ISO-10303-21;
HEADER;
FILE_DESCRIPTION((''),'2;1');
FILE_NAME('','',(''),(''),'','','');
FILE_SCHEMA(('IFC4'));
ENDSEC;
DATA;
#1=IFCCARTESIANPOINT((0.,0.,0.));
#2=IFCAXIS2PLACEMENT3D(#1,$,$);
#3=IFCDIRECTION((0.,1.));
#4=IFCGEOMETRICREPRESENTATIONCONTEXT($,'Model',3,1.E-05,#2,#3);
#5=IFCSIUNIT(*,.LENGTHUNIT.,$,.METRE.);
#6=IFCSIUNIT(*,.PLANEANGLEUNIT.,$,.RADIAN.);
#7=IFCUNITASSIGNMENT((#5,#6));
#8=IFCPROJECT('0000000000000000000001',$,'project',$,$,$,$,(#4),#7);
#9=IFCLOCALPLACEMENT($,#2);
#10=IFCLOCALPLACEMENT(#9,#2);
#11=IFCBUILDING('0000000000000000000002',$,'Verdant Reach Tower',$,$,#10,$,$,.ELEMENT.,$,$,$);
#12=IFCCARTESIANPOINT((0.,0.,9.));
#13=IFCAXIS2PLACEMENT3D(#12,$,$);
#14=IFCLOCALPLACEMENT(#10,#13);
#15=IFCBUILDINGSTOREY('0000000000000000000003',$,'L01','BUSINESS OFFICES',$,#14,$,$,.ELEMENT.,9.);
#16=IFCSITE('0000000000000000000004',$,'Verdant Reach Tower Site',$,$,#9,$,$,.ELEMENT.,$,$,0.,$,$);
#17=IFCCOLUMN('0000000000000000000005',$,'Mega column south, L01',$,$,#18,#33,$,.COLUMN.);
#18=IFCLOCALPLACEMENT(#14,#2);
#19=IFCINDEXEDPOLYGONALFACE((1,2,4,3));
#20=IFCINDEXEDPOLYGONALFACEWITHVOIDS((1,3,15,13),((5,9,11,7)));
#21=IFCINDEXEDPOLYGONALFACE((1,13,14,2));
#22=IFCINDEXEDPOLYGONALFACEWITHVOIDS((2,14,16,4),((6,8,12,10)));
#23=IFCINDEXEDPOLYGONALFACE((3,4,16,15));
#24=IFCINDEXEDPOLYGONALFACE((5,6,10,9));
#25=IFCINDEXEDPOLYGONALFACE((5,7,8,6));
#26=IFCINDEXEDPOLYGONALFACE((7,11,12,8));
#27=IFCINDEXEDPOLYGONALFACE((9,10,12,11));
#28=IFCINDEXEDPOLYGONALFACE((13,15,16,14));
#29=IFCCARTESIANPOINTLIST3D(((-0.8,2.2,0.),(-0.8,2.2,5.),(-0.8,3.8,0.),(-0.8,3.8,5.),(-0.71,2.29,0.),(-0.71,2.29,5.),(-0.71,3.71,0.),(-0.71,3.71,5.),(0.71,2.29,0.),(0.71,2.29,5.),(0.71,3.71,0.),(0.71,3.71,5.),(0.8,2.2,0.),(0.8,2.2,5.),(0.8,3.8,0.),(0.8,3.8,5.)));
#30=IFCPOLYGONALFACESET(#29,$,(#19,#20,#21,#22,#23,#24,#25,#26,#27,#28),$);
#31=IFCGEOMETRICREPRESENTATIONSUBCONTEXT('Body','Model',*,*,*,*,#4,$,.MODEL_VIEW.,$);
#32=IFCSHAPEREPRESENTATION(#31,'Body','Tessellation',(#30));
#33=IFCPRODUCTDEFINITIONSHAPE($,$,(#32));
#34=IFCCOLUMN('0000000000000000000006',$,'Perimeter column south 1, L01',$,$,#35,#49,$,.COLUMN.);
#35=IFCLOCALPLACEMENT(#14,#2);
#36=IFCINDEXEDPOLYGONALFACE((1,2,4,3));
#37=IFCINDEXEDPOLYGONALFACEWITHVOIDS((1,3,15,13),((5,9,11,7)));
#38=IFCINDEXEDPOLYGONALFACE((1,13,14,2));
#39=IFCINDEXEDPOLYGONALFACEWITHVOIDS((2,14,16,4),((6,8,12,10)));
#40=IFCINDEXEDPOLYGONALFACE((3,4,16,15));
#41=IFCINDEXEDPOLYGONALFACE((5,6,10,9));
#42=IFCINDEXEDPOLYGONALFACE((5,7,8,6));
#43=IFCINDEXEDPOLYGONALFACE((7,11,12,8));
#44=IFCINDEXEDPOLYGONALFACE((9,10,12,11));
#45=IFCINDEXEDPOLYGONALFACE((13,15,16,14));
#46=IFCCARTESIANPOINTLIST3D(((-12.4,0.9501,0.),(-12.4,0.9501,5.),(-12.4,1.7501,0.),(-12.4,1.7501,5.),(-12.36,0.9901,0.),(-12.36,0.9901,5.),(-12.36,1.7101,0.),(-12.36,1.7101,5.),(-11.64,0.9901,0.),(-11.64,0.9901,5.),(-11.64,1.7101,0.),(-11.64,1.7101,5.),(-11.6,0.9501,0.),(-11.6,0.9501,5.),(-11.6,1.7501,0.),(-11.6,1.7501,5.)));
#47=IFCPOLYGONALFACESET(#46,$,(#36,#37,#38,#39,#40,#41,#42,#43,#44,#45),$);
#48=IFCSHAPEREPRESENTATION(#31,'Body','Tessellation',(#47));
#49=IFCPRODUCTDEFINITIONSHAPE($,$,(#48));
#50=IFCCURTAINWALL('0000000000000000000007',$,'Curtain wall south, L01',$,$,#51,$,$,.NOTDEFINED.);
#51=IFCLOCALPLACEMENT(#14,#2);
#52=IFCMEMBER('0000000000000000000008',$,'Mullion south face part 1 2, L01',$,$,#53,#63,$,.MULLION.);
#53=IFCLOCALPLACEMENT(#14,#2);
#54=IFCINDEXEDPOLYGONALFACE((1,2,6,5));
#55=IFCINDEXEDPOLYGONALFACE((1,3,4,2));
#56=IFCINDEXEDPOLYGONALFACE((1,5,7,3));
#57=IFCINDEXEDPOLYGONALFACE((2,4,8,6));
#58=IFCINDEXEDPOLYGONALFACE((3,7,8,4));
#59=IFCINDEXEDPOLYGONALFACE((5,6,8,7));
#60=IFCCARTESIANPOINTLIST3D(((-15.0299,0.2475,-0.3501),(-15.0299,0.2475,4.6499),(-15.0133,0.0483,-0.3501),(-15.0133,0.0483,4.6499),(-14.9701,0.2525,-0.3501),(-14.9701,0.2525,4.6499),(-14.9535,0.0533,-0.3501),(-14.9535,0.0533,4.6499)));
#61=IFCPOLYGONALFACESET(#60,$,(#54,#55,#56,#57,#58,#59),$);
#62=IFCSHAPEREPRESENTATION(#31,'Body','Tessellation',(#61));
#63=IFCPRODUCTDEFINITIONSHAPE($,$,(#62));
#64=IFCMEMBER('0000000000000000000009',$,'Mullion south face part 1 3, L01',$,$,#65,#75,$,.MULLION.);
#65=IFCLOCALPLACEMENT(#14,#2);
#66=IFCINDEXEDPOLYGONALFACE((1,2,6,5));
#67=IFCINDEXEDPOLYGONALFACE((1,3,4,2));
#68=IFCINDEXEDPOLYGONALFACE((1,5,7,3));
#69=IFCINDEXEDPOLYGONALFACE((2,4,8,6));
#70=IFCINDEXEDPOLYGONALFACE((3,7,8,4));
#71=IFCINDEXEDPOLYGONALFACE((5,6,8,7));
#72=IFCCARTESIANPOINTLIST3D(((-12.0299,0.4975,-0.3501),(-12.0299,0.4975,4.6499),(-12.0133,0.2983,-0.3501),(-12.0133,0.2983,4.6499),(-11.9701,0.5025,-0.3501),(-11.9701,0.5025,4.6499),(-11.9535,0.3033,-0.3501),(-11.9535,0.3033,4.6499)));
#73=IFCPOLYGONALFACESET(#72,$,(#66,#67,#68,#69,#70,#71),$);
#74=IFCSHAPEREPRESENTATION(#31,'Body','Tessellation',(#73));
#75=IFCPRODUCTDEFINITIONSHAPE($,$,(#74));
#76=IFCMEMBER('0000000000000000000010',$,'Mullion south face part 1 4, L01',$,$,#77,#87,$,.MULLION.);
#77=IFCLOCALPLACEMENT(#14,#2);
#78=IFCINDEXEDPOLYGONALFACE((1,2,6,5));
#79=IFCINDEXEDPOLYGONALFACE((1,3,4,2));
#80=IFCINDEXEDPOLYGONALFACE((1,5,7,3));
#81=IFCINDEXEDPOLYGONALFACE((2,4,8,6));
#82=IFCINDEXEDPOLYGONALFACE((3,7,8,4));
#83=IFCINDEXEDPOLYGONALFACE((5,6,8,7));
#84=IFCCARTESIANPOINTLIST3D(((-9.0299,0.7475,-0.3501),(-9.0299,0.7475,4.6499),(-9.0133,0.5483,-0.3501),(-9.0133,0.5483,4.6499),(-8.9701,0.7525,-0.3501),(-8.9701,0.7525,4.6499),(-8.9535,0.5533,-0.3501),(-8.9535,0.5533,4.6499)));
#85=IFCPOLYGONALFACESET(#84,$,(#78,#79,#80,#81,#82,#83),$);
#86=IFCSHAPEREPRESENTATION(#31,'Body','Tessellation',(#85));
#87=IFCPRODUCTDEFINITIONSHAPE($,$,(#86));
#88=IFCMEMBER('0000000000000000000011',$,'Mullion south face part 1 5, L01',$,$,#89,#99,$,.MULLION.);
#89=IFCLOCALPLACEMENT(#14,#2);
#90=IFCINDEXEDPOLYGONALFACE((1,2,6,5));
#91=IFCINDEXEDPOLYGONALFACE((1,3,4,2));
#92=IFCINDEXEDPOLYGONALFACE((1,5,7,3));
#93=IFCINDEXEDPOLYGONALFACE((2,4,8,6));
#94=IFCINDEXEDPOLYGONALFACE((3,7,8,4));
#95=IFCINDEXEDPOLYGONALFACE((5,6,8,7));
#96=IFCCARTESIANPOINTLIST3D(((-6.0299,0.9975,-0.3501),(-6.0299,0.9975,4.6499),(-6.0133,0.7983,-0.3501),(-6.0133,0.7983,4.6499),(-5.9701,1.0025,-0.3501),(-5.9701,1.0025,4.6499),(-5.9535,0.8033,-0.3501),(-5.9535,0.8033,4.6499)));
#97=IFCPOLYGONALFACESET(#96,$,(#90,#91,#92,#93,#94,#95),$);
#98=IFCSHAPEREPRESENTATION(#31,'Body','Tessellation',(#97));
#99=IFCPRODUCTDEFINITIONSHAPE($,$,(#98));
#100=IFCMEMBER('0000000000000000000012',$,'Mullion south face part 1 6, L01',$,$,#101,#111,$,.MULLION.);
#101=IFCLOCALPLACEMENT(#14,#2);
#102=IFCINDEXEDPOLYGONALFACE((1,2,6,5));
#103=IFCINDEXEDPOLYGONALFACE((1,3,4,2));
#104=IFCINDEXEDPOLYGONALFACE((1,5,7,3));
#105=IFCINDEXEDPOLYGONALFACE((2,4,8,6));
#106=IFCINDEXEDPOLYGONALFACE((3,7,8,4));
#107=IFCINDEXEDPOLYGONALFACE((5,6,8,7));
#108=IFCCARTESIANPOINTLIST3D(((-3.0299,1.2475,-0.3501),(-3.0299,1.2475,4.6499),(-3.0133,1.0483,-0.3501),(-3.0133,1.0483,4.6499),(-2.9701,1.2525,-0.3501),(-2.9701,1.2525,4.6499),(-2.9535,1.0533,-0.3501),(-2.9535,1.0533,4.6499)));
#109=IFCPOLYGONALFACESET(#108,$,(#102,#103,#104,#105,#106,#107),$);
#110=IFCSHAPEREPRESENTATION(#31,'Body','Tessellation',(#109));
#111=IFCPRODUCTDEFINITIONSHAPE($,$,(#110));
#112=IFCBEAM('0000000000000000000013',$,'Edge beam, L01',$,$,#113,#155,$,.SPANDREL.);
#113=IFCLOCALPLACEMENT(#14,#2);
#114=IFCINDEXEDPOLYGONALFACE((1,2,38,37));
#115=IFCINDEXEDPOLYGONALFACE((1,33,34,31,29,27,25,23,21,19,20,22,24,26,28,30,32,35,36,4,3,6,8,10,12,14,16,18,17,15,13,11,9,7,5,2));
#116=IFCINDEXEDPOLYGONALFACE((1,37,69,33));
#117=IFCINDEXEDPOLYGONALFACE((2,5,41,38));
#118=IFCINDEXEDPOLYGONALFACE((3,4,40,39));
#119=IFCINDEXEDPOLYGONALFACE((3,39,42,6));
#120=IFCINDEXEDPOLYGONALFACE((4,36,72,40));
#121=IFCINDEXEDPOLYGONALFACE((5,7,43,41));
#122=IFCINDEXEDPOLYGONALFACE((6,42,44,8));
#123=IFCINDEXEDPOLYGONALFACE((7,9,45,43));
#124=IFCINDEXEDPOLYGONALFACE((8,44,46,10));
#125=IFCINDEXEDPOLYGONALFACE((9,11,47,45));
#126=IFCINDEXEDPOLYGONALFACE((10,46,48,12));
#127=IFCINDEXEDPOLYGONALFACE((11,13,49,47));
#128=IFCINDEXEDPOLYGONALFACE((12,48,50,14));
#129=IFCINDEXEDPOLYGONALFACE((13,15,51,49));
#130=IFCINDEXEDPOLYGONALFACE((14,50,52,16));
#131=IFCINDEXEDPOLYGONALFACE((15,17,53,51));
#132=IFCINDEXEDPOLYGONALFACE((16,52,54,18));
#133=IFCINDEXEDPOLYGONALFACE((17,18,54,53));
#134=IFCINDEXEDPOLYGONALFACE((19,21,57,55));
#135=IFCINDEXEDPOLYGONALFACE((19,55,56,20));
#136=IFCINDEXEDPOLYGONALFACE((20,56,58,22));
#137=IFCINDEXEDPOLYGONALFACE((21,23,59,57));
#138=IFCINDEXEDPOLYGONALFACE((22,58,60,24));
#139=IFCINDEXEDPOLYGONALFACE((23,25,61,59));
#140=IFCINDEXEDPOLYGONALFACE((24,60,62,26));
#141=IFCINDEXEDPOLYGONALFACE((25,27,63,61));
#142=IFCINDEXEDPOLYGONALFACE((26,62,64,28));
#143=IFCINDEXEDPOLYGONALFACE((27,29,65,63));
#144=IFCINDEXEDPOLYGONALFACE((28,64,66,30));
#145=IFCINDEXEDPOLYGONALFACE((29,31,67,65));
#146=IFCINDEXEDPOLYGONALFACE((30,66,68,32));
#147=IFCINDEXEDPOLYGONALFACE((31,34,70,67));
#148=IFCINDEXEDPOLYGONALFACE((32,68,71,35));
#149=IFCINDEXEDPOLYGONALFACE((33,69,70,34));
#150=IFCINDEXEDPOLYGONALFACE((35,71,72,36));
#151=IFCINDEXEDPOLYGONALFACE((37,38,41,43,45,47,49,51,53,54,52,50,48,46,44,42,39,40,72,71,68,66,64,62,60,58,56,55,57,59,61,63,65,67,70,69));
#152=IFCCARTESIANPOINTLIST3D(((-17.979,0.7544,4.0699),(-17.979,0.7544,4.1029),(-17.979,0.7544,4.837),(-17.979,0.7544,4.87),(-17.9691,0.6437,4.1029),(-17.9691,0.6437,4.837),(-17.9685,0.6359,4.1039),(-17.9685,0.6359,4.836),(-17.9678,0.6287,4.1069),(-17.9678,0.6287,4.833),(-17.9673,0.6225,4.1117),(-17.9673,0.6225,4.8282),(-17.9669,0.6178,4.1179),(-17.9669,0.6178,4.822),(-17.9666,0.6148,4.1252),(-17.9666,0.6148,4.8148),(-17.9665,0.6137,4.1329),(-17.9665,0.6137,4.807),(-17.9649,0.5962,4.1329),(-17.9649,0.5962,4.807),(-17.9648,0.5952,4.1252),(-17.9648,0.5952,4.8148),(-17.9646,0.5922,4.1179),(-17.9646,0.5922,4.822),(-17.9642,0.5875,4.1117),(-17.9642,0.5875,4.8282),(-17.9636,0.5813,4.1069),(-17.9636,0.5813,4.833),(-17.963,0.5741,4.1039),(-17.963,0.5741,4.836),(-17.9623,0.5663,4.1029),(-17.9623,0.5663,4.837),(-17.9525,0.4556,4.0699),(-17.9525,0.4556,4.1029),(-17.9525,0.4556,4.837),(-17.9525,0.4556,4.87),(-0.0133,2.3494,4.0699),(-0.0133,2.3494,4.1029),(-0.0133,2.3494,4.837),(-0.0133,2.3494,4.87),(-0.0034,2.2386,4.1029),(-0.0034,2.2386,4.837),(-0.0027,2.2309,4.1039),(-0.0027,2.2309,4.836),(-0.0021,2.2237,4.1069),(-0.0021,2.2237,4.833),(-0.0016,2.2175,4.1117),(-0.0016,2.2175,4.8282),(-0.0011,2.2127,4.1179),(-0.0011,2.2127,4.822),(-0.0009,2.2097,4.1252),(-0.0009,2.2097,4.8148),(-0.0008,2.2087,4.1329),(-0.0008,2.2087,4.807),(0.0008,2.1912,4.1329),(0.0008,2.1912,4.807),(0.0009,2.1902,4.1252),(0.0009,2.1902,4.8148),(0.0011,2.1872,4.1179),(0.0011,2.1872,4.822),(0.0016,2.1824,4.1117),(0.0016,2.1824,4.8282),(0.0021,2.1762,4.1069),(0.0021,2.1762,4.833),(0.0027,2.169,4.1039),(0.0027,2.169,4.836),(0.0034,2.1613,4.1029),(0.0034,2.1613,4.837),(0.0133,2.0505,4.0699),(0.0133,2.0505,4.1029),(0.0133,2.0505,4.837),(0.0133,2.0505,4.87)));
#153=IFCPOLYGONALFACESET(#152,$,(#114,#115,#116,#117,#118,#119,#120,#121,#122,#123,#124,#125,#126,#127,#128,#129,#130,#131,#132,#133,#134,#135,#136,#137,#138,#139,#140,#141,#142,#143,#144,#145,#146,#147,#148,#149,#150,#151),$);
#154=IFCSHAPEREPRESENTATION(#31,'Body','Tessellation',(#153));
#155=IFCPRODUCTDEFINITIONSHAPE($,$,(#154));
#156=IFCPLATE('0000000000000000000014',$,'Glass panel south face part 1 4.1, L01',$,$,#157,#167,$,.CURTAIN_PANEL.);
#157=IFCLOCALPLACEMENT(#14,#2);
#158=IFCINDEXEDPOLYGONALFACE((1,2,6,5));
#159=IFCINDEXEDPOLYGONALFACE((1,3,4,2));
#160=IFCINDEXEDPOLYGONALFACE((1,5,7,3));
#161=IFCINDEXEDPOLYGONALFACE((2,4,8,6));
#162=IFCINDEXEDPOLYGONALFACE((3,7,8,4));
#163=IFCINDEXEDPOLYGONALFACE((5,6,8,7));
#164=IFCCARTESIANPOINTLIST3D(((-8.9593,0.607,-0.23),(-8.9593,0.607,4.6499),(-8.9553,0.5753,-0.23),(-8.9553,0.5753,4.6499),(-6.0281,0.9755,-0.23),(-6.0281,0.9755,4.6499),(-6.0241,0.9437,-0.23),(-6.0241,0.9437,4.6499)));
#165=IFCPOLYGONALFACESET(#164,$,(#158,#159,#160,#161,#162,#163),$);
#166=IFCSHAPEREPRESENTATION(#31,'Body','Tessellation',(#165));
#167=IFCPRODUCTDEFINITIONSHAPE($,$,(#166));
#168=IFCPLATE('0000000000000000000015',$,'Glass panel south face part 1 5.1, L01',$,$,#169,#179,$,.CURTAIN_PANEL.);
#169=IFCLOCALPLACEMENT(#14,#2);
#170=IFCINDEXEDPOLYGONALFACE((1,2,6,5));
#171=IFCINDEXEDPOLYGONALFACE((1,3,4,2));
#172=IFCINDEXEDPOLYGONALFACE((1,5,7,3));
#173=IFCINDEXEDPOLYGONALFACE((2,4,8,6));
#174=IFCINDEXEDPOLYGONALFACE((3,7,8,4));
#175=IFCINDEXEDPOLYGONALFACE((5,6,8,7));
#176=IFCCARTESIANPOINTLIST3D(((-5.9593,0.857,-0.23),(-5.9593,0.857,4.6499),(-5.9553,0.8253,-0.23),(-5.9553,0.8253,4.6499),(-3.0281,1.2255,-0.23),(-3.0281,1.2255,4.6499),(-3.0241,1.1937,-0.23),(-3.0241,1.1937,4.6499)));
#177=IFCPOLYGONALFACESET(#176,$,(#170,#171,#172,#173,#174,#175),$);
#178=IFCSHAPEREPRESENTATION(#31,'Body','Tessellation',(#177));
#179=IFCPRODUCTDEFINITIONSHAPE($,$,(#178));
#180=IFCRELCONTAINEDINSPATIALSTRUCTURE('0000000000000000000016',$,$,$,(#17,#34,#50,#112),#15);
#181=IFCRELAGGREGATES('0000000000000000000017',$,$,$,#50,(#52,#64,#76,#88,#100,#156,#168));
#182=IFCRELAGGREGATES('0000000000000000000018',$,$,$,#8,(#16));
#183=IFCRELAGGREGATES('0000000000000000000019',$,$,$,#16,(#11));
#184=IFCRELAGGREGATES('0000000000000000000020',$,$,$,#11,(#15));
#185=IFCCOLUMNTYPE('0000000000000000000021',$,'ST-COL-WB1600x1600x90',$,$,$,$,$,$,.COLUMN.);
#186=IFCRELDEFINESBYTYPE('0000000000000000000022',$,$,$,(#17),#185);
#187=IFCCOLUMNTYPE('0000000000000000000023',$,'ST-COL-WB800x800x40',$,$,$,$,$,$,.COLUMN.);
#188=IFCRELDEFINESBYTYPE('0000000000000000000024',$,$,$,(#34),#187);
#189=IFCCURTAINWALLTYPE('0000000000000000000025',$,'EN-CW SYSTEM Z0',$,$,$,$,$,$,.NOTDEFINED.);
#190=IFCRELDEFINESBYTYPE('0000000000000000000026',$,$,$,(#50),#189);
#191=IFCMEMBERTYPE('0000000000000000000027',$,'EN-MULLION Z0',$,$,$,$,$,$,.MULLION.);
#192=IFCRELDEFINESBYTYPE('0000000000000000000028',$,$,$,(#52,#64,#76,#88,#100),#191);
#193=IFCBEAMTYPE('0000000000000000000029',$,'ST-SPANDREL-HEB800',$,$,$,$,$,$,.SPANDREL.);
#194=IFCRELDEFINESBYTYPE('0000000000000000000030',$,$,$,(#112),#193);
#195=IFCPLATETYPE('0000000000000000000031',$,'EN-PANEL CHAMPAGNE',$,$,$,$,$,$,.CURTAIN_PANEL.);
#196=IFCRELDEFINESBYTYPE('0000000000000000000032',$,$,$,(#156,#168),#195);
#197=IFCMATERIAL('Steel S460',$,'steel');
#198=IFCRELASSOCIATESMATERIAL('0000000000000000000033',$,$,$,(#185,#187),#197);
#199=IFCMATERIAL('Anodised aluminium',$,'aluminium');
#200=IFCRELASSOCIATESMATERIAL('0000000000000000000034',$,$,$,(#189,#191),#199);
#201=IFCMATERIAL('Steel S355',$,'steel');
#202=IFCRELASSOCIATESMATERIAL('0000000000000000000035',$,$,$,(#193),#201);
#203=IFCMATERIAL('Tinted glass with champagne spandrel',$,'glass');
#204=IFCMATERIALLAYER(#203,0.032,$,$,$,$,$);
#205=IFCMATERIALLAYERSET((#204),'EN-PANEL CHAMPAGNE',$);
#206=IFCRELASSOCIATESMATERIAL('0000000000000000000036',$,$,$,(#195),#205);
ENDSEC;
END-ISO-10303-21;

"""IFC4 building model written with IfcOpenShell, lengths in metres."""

from ifc_helpers import new_model, si_unit, direction, frame, origin, origin_2d, place, context, subcontext, project, spatial, rectangle, hollow_rectangle, i_section, extrude, material, layer, layer_set, material_profile, profile_set, type_object, element, aggregate, save


model = new_model("IFC4")

# Units and contexts
model_context = context("Model", 3, precision=1e-05, world=origin(), true_north=direction((0.0, 1.0)))
body_context = subcontext(model_context, "Body", "Model", "MODEL_VIEW")
ifc_project = project(units=[si_unit("LENGTHUNIT", "METRE"), si_unit("PLANEANGLEUNIT", "RADIAN")], contexts=[model_context])

# Site, building, storey
site_placement = place(None, origin())
site = spatial("IfcSite", under=ifc_project, at=site_placement, Name="Verdant Reach Tower Site", CompositionType="ELEMENT", RefElevation=0.0)
building_placement = place(site_placement, origin())
building = spatial("IfcBuilding", under=site, at=building_placement, Name="Verdant Reach Tower", CompositionType="ELEMENT")
storey_placement = place(building_placement, frame((0.0, 0.0, 9.0)))
storey = spatial("IfcBuildingStorey", under=building, at=storey_placement, Name="L01", Description="BUSINESS OFFICES", CompositionType="ELEMENT", Elevation=9.0)

# Columns
ifc_material_1 = material(Name="Steel S460", Category="steel")
ifc_material_profile_1 = material_profile(ifc_material_1, hollow_rectangle(XDim=1.6001, YDim=1.6001, WallThickness=0.0901, at=origin_2d()), Name="WB 1600x1600x90")
ifc_profile_set_1 = profile_set([ifc_material_profile_1], Name="Steel S460")
column_type_1 = type_object("IfcColumnType", Name="ST-COL-WB1600x1600x90", PredefinedType="COLUMN", material=ifc_profile_set_1)
column_1_placement = place(storey_placement, frame((0.0, 3.0, 0.0), z_axis=(0.0, 0.0, 1.0), x_axis=(1.0, 0.0, 0.0)))
element("IfcColumn", 1, at=column_1_placement, inside=storey, type_object=column_type_1, Name="Mega column south, L01", PredefinedType="COLUMN", context=body_context, shape_type="SweptSolid", body=[
    extrude(hollow_rectangle(XDim=1.6001, YDim=1.6001, WallThickness=0.0901, at=origin_2d()), origin(), (0.0, 0.0, 1.0), 5.0),
])
ifc_material_profile_2 = material_profile(ifc_material_1, hollow_rectangle(XDim=0.8, YDim=0.8, WallThickness=0.04, at=origin_2d()), Name="WB 800x800x40")
ifc_profile_set_2 = profile_set([ifc_material_profile_2], Name="Steel S460")
column_type_2 = type_object("IfcColumnType", Name="ST-COL-WB800x800x40", PredefinedType="COLUMN", material=ifc_profile_set_2)
column_2_placement = place(storey_placement, frame((-12.0, 1.3501, 0.0), z_axis=(0.0, 0.0, 1.0), x_axis=(1.0, 0.0, 0.0)))
element("IfcColumn", 2, at=column_2_placement, inside=storey, type_object=column_type_2, Name="Perimeter column south 1, L01", PredefinedType="COLUMN", context=body_context, shape_type="SweptSolid", body=[
    extrude(hollow_rectangle(XDim=0.8, YDim=0.8, WallThickness=0.04, at=origin_2d()), origin(), (0.0, 0.0, 1.0), 5.0),
])

# Curtain wall, members
ifc_material_2 = material(Name="Anodised aluminium", Category="aluminium")
curtain_wall_type = type_object("IfcCurtainWallType", Name="EN-CW SYSTEM Z0", PredefinedType="NOTDEFINED", material=ifc_material_2)
curtain_wall_placement = place(storey_placement, origin())
curtain_wall = element("IfcCurtainWall", 3, at=curtain_wall_placement, inside=storey, type_object=curtain_wall_type, Name="Curtain wall south, L01", PredefinedType="NOTDEFINED")
ifc_material_profile_3 = material_profile(ifc_material_2, rectangle(XDim=0.2, YDim=0.0601, at=origin_2d()), Name="Mullion 60x200")
ifc_profile_set_3 = profile_set([ifc_material_profile_3], Name="Anodised aluminium")
member_type = type_object("IfcMemberType", Name="EN-MULLION Z0", PredefinedType="MULLION", material=ifc_profile_set_3)
member_1_placement = place(storey_placement, frame((-14.9917, 0.1504, -0.3501), z_axis=(0.0, 0.0, 1.0), x_axis=(0.083045, -0.996546, 0.0)))
member_1 = element("IfcMember", 4, at=member_1_placement, type_object=member_type, Name="Mullion south face part 1 2, L01", PredefinedType="MULLION", context=body_context, shape_type="SweptSolid", body=[
    extrude(rectangle(XDim=0.2, YDim=0.0601, at=origin_2d()), origin(), (0.0, 0.0, 1.0), 5.0),
])
member_2_placement = place(storey_placement, frame((-11.9917, 0.4004, -0.3501), z_axis=(0.0, 0.0, 1.0), x_axis=(0.083045, -0.996546, 0.0)))
member_2 = element("IfcMember", 5, at=member_2_placement, type_object=member_type, Name="Mullion south face part 1 3, L01", PredefinedType="MULLION", context=body_context, shape_type="SweptSolid", body=[
    extrude(rectangle(XDim=0.2, YDim=0.0601, at=origin_2d()), origin(), (0.0, 0.0, 1.0), 5.0),
])
member_3_placement = place(storey_placement, frame((-8.9917, 0.6504, -0.3501), z_axis=(0.0, 0.0, 1.0), x_axis=(0.083045, -0.996546, 0.0)))
member_3 = element("IfcMember", 6, at=member_3_placement, type_object=member_type, Name="Mullion south face part 1 4, L01", PredefinedType="MULLION", context=body_context, shape_type="SweptSolid", body=[
    extrude(rectangle(XDim=0.2, YDim=0.0601, at=origin_2d()), origin(), (0.0, 0.0, 1.0), 5.0),
])
member_4_placement = place(storey_placement, frame((-5.9917, 0.9004, -0.3501), z_axis=(0.0, 0.0, 1.0), x_axis=(0.083045, -0.996546, 0.0)))
member_4 = element("IfcMember", 7, at=member_4_placement, type_object=member_type, Name="Mullion south face part 1 5, L01", PredefinedType="MULLION", context=body_context, shape_type="SweptSolid", body=[
    extrude(rectangle(XDim=0.2, YDim=0.0601, at=origin_2d()), origin(), (0.0, 0.0, 1.0), 5.0),
])
member_5_placement = place(storey_placement, frame((-2.9917, 1.1504, -0.3501), z_axis=(0.0, 0.0, 1.0), x_axis=(0.083045, -0.996546, 0.0)))
member_5 = element("IfcMember", 8, at=member_5_placement, type_object=member_type, Name="Mullion south face part 1 6, L01", PredefinedType="MULLION", context=body_context, shape_type="SweptSolid", body=[
    extrude(rectangle(XDim=0.2, YDim=0.0601, at=origin_2d()), origin(), (0.0, 0.0, 1.0), 5.0),
])

# Beam
ifc_material_3 = material(Name="Steel S355", Category="steel")
ifc_material_profile_4 = material_profile(ifc_material_3, i_section(OverallWidth=0.3, OverallDepth=0.8, WebThickness=0.0176, FlangeThickness=0.033, FilletRadius=0.03, at=origin_2d()), Name="HEB 800")
ifc_profile_set_4 = profile_set([ifc_material_profile_4], Name="Steel S355")
beam_type = type_object("IfcBeamType", Name="ST-SPANDREL-HEB800", PredefinedType="SPANDREL", material=ifc_profile_set_4)
beam_placement = place(storey_placement, frame((0.0, 2.2, 4.47), z_axis=(-0.996082, -0.08843, 0.0), x_axis=(0.08843, -0.996082, 0.0)))
element("IfcBeam", 9, at=beam_placement, inside=storey, type_object=beam_type, Name="Edge beam, L01", PredefinedType="SPANDREL", context=body_context, shape_type="SweptSolid", body=[
    extrude(i_section(OverallWidth=0.3, OverallDepth=0.8, WebThickness=0.0176, FlangeThickness=0.033, FilletRadius=0.03, at=origin_2d()), origin(), (0.0, 0.0, 1.0), 18.0364),
])

# Plates
ifc_material_4 = material(Name="Tinted glass with champagne spandrel", Category="glass")
ifc_layer_1 = layer(ifc_material_4, 0.032)
ifc_layer_set_1 = layer_set([ifc_layer_1], Name="EN-PANEL CHAMPAGNE")
plate_type_1 = type_object("IfcPlateType", Name="EN-PANEL CHAMPAGNE", PredefinedType="CURTAIN_PANEL", material=ifc_layer_set_1)
plate_1_placement = place(storey_placement, frame((-7.4917, 0.7754, -0.23), z_axis=(0.0, 0.0, 1.0), x_axis=(0.992194, 0.124704, 0.0)))
plate_1 = element("IfcPlate", 10, at=plate_1_placement, type_object=plate_type_1, Name="Glass panel south face part 1 4.1, L01", PredefinedType="CURTAIN_PANEL", context=body_context, shape_type="SweptSolid", body=[
    extrude(rectangle(XDim=2.9543, YDim=0.032, at=origin_2d()), origin(), (0.0, 0.0, 1.0), 4.8799),
])
plate_2_placement = place(storey_placement, frame((-4.4917, 1.0254, -0.23), z_axis=(0.0, 0.0, 1.0), x_axis=(0.992194, 0.124704, 0.0)))
plate_2 = element("IfcPlate", 11, at=plate_2_placement, type_object=plate_type_1, Name="Glass panel south face part 1 5.1, L01", PredefinedType="CURTAIN_PANEL", context=body_context, shape_type="SweptSolid", body=[
    extrude(rectangle(XDim=2.9543, YDim=0.032, at=origin_2d()), origin(), (0.0, 0.0, 1.0), 4.8799),
])
aggregate(curtain_wall, [member_1, member_2, member_3, member_4, member_5, plate_1, plate_2])

save(model, "model.ifc")
